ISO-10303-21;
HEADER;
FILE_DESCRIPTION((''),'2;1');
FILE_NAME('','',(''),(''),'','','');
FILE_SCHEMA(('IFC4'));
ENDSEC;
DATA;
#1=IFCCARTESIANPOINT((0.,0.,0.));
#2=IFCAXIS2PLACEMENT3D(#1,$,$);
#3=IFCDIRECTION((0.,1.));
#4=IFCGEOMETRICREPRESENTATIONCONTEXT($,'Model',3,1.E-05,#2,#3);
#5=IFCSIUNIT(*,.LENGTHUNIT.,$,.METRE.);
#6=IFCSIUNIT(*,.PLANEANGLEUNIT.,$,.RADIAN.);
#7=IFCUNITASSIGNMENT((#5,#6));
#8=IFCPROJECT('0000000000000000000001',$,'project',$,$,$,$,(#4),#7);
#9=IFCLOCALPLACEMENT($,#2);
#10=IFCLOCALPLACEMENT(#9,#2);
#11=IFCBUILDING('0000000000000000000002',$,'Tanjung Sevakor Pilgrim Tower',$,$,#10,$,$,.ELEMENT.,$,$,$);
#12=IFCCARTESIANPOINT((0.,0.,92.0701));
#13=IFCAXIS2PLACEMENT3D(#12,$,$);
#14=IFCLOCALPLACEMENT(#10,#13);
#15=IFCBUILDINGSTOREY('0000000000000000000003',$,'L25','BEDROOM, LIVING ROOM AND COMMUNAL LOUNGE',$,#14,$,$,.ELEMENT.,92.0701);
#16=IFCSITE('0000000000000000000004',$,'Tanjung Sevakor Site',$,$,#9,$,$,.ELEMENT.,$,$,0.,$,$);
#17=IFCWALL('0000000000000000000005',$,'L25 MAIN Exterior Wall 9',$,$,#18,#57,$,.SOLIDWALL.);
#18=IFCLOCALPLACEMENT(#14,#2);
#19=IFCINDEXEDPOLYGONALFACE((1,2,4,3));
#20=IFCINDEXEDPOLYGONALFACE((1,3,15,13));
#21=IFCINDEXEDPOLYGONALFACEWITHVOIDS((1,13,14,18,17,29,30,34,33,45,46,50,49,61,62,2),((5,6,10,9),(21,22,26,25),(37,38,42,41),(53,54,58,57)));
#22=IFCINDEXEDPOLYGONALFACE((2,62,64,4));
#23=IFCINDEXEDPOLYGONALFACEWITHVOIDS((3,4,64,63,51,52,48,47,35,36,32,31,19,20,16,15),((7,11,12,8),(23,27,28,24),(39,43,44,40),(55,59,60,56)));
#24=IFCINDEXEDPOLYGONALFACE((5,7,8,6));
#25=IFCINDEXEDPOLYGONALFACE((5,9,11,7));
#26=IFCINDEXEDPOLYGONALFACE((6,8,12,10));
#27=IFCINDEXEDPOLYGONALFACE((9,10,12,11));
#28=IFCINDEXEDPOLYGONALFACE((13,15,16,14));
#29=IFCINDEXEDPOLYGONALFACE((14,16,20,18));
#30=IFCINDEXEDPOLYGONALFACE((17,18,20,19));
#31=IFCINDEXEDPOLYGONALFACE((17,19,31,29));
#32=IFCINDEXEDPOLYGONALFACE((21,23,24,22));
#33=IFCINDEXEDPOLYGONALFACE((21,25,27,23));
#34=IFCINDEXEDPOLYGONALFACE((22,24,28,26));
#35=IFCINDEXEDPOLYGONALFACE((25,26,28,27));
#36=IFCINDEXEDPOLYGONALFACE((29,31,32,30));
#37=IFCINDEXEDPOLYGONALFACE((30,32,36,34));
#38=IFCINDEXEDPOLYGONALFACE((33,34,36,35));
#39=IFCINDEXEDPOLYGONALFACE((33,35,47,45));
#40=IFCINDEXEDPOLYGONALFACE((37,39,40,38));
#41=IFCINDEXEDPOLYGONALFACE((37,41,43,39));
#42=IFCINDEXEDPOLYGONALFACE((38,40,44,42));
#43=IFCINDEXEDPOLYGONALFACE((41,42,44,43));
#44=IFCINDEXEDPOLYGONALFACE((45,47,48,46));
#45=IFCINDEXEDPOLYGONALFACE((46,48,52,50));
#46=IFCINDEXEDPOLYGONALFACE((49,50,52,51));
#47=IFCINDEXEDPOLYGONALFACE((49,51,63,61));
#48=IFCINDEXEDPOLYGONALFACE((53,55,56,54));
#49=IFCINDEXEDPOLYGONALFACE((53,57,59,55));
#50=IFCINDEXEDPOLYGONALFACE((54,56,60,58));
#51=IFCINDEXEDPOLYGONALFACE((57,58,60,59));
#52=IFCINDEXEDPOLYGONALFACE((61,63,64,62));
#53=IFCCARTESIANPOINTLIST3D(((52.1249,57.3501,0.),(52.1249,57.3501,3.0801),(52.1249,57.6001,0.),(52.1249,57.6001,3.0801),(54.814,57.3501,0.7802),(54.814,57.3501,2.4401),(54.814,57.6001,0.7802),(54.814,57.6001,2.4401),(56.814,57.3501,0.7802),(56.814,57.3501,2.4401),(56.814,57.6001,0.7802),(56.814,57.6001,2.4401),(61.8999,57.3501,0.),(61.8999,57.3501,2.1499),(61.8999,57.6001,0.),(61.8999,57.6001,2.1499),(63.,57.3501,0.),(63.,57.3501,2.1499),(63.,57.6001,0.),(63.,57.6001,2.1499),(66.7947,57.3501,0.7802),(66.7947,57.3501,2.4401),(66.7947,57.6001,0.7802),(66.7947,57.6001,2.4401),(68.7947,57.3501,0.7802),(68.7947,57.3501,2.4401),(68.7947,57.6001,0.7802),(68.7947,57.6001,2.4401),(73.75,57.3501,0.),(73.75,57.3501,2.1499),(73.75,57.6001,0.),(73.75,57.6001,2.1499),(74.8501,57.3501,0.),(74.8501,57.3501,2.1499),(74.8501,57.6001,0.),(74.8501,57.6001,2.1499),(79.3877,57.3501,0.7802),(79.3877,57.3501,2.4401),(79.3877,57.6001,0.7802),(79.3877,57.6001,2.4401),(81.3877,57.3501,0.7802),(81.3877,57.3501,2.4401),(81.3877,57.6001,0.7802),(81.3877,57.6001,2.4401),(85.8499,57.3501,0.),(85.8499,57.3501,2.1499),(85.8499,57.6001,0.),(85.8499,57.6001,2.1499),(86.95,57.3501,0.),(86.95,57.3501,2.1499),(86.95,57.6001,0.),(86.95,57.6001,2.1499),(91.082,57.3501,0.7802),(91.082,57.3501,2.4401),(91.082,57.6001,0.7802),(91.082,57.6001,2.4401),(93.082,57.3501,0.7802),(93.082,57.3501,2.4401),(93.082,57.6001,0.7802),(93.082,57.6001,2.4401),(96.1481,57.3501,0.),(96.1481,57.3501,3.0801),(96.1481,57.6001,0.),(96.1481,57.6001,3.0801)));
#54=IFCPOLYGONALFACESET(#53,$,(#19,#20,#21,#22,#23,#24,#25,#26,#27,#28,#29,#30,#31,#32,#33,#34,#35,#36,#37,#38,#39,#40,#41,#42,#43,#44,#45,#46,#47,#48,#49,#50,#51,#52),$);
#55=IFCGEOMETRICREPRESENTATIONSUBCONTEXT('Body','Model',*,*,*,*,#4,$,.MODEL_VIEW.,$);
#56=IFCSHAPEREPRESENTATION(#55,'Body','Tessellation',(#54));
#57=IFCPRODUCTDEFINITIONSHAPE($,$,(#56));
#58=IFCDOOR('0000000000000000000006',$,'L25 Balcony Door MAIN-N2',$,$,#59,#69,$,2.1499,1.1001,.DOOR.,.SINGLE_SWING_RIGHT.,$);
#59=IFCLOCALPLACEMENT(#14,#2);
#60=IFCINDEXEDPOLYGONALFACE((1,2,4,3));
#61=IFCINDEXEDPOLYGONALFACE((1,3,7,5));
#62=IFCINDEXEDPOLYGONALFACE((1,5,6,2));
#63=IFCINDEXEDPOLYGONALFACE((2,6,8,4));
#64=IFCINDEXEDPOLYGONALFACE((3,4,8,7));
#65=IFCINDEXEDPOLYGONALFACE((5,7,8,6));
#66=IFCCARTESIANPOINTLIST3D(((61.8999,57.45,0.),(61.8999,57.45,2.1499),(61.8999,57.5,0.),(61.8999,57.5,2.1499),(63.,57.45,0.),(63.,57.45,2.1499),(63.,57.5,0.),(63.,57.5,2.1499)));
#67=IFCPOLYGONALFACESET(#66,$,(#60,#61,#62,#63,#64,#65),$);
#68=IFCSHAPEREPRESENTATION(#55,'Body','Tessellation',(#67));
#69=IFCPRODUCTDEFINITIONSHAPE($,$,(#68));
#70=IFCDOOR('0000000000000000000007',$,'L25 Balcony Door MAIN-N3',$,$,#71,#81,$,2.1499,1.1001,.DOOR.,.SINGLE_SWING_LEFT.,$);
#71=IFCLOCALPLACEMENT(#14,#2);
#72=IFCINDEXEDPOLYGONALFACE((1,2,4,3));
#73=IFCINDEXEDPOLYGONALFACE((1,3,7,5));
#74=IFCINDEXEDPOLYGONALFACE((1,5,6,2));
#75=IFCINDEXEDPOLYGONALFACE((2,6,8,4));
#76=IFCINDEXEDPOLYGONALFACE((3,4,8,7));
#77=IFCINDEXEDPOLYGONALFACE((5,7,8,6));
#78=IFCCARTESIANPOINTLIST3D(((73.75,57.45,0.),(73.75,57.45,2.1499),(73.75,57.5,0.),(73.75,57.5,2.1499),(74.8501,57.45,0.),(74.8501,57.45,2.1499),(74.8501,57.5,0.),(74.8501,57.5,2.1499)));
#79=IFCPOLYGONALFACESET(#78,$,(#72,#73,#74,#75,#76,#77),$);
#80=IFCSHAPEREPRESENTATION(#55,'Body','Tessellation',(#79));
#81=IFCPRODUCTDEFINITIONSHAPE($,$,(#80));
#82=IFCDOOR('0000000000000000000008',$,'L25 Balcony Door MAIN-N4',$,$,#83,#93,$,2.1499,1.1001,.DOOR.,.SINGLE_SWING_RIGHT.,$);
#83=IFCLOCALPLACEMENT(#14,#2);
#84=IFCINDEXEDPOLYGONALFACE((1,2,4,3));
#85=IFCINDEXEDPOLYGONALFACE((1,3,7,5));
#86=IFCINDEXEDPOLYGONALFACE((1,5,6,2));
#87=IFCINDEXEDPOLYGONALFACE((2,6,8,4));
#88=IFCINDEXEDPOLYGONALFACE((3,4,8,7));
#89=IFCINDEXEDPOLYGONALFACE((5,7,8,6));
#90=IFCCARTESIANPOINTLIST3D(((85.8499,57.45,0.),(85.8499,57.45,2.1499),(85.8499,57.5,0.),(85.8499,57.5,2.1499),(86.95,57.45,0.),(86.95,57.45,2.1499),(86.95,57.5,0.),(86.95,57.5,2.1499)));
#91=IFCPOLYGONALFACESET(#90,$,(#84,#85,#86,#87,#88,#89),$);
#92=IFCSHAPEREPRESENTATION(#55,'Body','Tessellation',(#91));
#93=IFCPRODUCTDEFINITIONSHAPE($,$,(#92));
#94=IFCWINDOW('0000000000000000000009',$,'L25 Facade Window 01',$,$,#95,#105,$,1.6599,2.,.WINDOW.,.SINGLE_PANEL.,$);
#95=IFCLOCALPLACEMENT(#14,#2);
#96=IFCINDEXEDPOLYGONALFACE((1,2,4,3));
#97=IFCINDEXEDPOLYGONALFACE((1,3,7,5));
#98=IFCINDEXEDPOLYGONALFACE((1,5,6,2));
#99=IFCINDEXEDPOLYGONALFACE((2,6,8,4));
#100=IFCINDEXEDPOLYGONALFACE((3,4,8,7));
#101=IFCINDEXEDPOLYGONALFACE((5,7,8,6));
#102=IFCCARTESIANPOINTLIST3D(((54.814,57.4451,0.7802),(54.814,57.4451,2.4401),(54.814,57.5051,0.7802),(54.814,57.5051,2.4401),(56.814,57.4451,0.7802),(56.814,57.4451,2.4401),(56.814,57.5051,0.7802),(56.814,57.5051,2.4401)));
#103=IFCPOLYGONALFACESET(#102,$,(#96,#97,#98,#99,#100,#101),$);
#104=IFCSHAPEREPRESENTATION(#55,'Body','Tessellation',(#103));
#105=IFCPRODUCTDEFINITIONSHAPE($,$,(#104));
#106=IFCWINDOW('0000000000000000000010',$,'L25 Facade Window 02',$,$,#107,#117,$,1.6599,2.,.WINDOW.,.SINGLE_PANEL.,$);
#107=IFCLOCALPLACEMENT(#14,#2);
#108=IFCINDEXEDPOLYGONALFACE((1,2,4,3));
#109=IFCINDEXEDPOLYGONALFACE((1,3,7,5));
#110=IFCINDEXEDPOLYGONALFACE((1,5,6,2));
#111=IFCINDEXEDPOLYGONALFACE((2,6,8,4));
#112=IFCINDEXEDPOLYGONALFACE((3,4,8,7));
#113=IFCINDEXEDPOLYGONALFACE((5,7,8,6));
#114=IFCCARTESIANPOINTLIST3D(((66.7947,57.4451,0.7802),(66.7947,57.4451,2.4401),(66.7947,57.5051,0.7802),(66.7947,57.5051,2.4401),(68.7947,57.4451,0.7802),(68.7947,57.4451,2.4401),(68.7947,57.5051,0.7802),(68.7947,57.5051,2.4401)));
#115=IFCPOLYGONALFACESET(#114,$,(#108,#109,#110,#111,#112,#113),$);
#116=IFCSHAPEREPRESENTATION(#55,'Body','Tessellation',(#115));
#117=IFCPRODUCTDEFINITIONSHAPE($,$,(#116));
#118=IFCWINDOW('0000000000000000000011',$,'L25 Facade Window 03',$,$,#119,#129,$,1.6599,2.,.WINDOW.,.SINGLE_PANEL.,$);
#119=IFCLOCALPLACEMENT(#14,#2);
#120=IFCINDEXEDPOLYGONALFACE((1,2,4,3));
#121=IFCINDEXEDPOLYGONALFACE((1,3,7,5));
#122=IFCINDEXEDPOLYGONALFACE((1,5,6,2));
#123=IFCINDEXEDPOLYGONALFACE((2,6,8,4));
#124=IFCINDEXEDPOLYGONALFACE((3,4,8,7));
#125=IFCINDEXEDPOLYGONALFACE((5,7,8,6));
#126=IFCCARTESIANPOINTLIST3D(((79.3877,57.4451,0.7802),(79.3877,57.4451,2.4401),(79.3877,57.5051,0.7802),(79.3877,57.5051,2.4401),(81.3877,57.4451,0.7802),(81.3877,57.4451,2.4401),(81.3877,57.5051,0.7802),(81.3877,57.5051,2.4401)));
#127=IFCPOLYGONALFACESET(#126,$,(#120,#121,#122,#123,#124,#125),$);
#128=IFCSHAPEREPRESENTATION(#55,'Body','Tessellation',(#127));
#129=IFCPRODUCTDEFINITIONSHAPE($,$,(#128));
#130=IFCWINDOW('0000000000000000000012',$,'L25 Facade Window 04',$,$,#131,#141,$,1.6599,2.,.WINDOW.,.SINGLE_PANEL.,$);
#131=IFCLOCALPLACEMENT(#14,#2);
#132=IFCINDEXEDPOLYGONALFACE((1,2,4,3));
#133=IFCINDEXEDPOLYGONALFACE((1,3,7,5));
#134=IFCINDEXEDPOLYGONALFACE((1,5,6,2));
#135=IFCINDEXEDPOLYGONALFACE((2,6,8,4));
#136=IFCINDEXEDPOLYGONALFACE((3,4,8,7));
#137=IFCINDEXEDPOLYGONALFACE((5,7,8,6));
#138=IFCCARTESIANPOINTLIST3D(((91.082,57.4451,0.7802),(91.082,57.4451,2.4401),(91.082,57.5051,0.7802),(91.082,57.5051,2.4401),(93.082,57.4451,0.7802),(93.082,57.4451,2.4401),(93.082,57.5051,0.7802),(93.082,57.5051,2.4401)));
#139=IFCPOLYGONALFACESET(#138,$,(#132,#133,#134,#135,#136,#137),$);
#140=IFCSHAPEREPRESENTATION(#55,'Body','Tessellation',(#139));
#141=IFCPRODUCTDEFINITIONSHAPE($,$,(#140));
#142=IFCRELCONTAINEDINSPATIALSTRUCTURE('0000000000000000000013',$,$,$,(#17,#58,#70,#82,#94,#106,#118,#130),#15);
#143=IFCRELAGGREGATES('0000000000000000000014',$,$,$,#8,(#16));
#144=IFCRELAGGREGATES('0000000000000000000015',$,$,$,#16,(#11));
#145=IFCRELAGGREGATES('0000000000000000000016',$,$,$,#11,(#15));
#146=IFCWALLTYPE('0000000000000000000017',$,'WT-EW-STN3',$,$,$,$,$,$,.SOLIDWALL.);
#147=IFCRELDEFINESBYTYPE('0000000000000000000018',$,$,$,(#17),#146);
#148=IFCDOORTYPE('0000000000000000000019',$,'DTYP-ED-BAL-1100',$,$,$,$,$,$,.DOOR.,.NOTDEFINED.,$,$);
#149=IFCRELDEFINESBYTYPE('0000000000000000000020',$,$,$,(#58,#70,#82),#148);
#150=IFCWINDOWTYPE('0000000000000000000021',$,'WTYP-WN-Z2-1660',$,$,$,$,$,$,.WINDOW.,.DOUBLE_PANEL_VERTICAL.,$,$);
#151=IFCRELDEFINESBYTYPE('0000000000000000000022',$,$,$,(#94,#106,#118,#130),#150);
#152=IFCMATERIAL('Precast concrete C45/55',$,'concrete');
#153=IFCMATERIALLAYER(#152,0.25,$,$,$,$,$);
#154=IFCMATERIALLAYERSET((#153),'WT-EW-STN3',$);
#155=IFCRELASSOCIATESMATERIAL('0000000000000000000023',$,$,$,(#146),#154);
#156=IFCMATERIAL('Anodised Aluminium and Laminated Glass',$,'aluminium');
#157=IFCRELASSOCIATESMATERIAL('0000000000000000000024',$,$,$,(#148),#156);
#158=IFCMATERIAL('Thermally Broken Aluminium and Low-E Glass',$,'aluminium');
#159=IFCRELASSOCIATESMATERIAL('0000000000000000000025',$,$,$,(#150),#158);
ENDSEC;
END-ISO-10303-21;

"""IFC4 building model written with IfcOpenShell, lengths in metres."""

from ifc_helpers import new_model, si_unit, direction, frame, frame_2d, origin, place, context, subcontext, project, spatial, rectangle, extrude, material, layer, layer_set, type_object, element, fill, save


model = new_model("IFC4")

# Units and contexts
model_context = context("Model", 3, precision=1e-05, world=origin(), true_north=direction((0.0, 1.0)))
body_context = subcontext(model_context, "Body", "Model", "MODEL_VIEW")
ifc_project = project(units=[si_unit("LENGTHUNIT", "METRE"), si_unit("PLANEANGLEUNIT", "RADIAN")], contexts=[model_context])

# Site, building, storey
site_placement = place(None, origin())
site = spatial("IfcSite", under=ifc_project, at=site_placement, Name="Tanjung Sevakor Site", CompositionType="ELEMENT", RefElevation=0.0)
building_placement = place(site_placement, origin())
building = spatial("IfcBuilding", under=site, at=building_placement, Name="Tanjung Sevakor Pilgrim Tower", CompositionType="ELEMENT")
storey_placement = place(building_placement, frame((0.0, 0.0, 92.0701)))
storey = spatial("IfcBuildingStorey", under=building, at=storey_placement, Name="L25", Description="BEDROOM, LIVING ROOM AND COMMUNAL LOUNGE", CompositionType="ELEMENT", Elevation=92.0701)

# Wall, openings, doors, windows
ifc_material_1 = material(Name="Precast concrete C45/55", Category="concrete")
ifc_layer_1 = layer(ifc_material_1, 0.25)
ifc_layer_set_1 = layer_set([ifc_layer_1], Name="WT-EW-STN3")
wall_type_1 = type_object("IfcWallType", Name="WT-EW-STN3", PredefinedType="SOLIDWALL", material=ifc_layer_set_1)
wall_1_placement = place(storey_placement, frame((96.1482, 57.4751, 0.0), z_axis=(0.0, 0.0, 1.0), x_axis=(-1.0, 0.0, 0.0)))
wall_1 = element("IfcWall", 1, at=wall_1_placement, inside=storey, type_object=wall_type_1, Name="L25 MAIN Exterior Wall 9", PredefinedType="SOLIDWALL", context=body_context, shape_type="SweptSolid", body=[
    extrude(rectangle(XDim=44.0232, YDim=0.25, at=frame_2d((22.0117, 0.0))), origin(), (0.0, 0.0, 1.0), 3.0801),
])
opening_1_placement = place(wall_1_placement, frame((33.1482, 0.0, 0.0)))
opening_1 = element("IfcOpeningElement", 2, at=opening_1_placement, cuts=wall_1, PredefinedType="OPENING", context=body_context, shape_type="SweptSolid", body=[
    extrude(rectangle(XDim=1.1001, YDim=2.1499, at=frame_2d((0.55, 1.075))), frame((0.0, 0.135, 0.0), z_axis=(0.0, -1.0, 0.0), x_axis=(1.0, 0.0, 0.0)), (0.0, 0.0, 1.0), 0.27),
])
opening_2_placement = place(wall_1_placement, frame((21.2981, 0.0, 0.0)))
opening_2 = element("IfcOpeningElement", 3, at=opening_2_placement, cuts=wall_1, PredefinedType="OPENING", context=body_context, shape_type="SweptSolid", body=[
    extrude(rectangle(XDim=1.1001, YDim=2.1499, at=frame_2d((0.55, 1.075))), frame((0.0, 0.135, 0.0), z_axis=(0.0, -1.0, 0.0), x_axis=(1.0, 0.0, 0.0)), (0.0, 0.0, 1.0), 0.27),
])
opening_3_placement = place(wall_1_placement, frame((9.1982, 0.0, 0.0)))
opening_3 = element("IfcOpeningElement", 4, at=opening_3_placement, cuts=wall_1, PredefinedType="OPENING", context=body_context, shape_type="SweptSolid", body=[
    extrude(rectangle(XDim=1.1001, YDim=2.1499, at=frame_2d((0.55, 1.075))), frame((0.0, 0.135, 0.0), z_axis=(0.0, -1.0, 0.0), x_axis=(1.0, 0.0, 0.0)), (0.0, 0.0, 1.0), 0.27),
])
opening_4_placement = place(wall_1_placement, frame((39.3342, 0.0, 0.78)))
opening_4 = element("IfcOpeningElement", 5, at=opening_4_placement, cuts=wall_1, PredefinedType="OPENING", context=body_context, shape_type="SweptSolid", body=[
    extrude(rectangle(XDim=2.0, YDim=1.6599, at=frame_2d((1.0, 0.8301))), frame((0.0, 0.135, 0.0), z_axis=(0.0, -1.0, 0.0), x_axis=(1.0, 0.0, 0.0)), (0.0, 0.0, 1.0), 0.27),
])
opening_5_placement = place(wall_1_placement, frame((27.3535, 0.0, 0.78)))
opening_5 = element("IfcOpeningElement", 6, at=opening_5_placement, cuts=wall_1, PredefinedType="OPENING", context=body_context, shape_type="SweptSolid", body=[
    extrude(rectangle(XDim=2.0, YDim=1.6599, at=frame_2d((1.0, 0.8301))), frame((0.0, 0.135, 0.0), z_axis=(0.0, -1.0, 0.0), x_axis=(1.0, 0.0, 0.0)), (0.0, 0.0, 1.0), 0.27),
])
opening_6_placement = place(wall_1_placement, frame((14.7605, 0.0, 0.78)))
opening_6 = element("IfcOpeningElement", 7, at=opening_6_placement, cuts=wall_1, PredefinedType="OPENING", context=body_context, shape_type="SweptSolid", body=[
    extrude(rectangle(XDim=2.0, YDim=1.6599, at=frame_2d((1.0, 0.8301))), frame((0.0, 0.135, 0.0), z_axis=(0.0, -1.0, 0.0), x_axis=(1.0, 0.0, 0.0)), (0.0, 0.0, 1.0), 0.27),
])
opening_7_placement = place(wall_1_placement, frame((3.0662, 0.0, 0.78)))
opening_7 = element("IfcOpeningElement", 8, at=opening_7_placement, cuts=wall_1, PredefinedType="OPENING", context=body_context, shape_type="SweptSolid", body=[
    extrude(rectangle(XDim=2.0, YDim=1.6599, at=frame_2d((1.0, 0.8301))), frame((0.0, 0.135, 0.0), z_axis=(0.0, -1.0, 0.0), x_axis=(1.0, 0.0, 0.0)), (0.0, 0.0, 1.0), 0.27),
])
ifc_material_2 = material(Name="Anodised Aluminium and Laminated Glass", Category="aluminium")
door_type_1 = type_object("IfcDoorType", Name="DTYP-ED-BAL-1100", OperationType="NOTDEFINED", PredefinedType="DOOR", material=ifc_material_2)
door_1_placement = place(opening_1_placement, frame((1.1001, 0.0, 0.0), z_axis=(0.0, 0.0, 1.0), x_axis=(-1.0, 0.0, 0.0)))
door_1 = element("IfcDoor", 9, at=door_1_placement, inside=storey, type_object=door_type_1, Name="L25 Balcony Door MAIN-N2", OperationType="SINGLE_SWING_RIGHT", OverallHeight=2.1499, OverallWidth=1.1001, PredefinedType="DOOR", context=body_context, shape_type="SweptSolid", body=[
    extrude(rectangle(XDim=1.1001, YDim=2.1499, at=frame_2d((0.55, 1.075))), frame((0.0, 0.0249, 0.0), z_axis=(0.0, -1.0, 0.0), x_axis=(1.0, 0.0, 0.0)), (0.0, 0.0, 1.0), 0.05),
])
fill(opening_1, door_1)
door_2_placement = place(opening_2_placement, frame((1.1001, 0.0, 0.0), z_axis=(0.0, 0.0, 1.0), x_axis=(-1.0, 0.0, 0.0)))
door_2 = element("IfcDoor", 10, at=door_2_placement, inside=storey, type_object=door_type_1, Name="L25 Balcony Door MAIN-N3", OperationType="SINGLE_SWING_LEFT", OverallHeight=2.1499, OverallWidth=1.1001, PredefinedType="DOOR", context=body_context, shape_type="SweptSolid", body=[
    extrude(rectangle(XDim=1.1001, YDim=2.1499, at=frame_2d((0.55, 1.075))), frame((0.0, 0.0249, 0.0), z_axis=(0.0, -1.0, 0.0), x_axis=(1.0, 0.0, 0.0)), (0.0, 0.0, 1.0), 0.05),
])
fill(opening_2, door_2)
door_3_placement = place(opening_3_placement, frame((1.1001, 0.0, 0.0), z_axis=(0.0, 0.0, 1.0), x_axis=(-1.0, 0.0, 0.0)))
door_3 = element("IfcDoor", 11, at=door_3_placement, inside=storey, type_object=door_type_1, Name="L25 Balcony Door MAIN-N4", OperationType="SINGLE_SWING_RIGHT", OverallHeight=2.1499, OverallWidth=1.1001, PredefinedType="DOOR", context=body_context, shape_type="SweptSolid", body=[
    extrude(rectangle(XDim=1.1001, YDim=2.1499, at=frame_2d((0.55, 1.075))), frame((0.0, 0.0249, 0.0), z_axis=(0.0, -1.0, 0.0), x_axis=(1.0, 0.0, 0.0)), (0.0, 0.0, 1.0), 0.05),
])
fill(opening_3, door_3)
ifc_material_3 = material(Name="Thermally Broken Aluminium and Low-E Glass", Category="aluminium")
window_type = type_object("IfcWindowType", Name="WTYP-WN-Z2-1660", PartitioningType="DOUBLE_PANEL_VERTICAL", PredefinedType="WINDOW", material=ifc_material_3)
window_1_placement = place(opening_4_placement, origin())
window_1 = element("IfcWindow", 12, at=window_1_placement, inside=storey, type_object=window_type, Name="L25 Facade Window 01", OverallHeight=1.6599, OverallWidth=2.0, PartitioningType="SINGLE_PANEL", PredefinedType="WINDOW", context=body_context, shape_type="SweptSolid", body=[
    extrude(rectangle(XDim=2.0, YDim=1.6599, at=frame_2d((1.0, 0.8301))), frame((0.0, 0.03, 0.0), z_axis=(0.0, -1.0, 0.0), x_axis=(1.0, 0.0, 0.0)), (0.0, 0.0, 1.0), 0.0601),
])
fill(opening_4, window_1)
window_2_placement = place(opening_5_placement, origin())
window_2 = element("IfcWindow", 13, at=window_2_placement, inside=storey, type_object=window_type, Name="L25 Facade Window 02", OverallHeight=1.6599, OverallWidth=2.0, PartitioningType="SINGLE_PANEL", PredefinedType="WINDOW", context=body_context, shape_type="SweptSolid", body=[
    extrude(rectangle(XDim=2.0, YDim=1.6599, at=frame_2d((1.0, 0.8301))), frame((0.0, 0.03, 0.0), z_axis=(0.0, -1.0, 0.0), x_axis=(1.0, 0.0, 0.0)), (0.0, 0.0, 1.0), 0.0601),
])
fill(opening_5, window_2)
window_3_placement = place(opening_6_placement, origin())
window_3 = element("IfcWindow", 14, at=window_3_placement, inside=storey, type_object=window_type, Name="L25 Facade Window 03", OverallHeight=1.6599, OverallWidth=2.0, PartitioningType="SINGLE_PANEL", PredefinedType="WINDOW", context=body_context, shape_type="SweptSolid", body=[
    extrude(rectangle(XDim=2.0, YDim=1.6599, at=frame_2d((1.0, 0.8301))), frame((0.0, 0.03, 0.0), z_axis=(0.0, -1.0, 0.0), x_axis=(1.0, 0.0, 0.0)), (0.0, 0.0, 1.0), 0.0601),
])
fill(opening_6, window_3)
window_4_placement = place(opening_7_placement, origin())
window_4 = element("IfcWindow", 15, at=window_4_placement, inside=storey, type_object=window_type, Name="L25 Facade Window 04", OverallHeight=1.6599, OverallWidth=2.0, PartitioningType="SINGLE_PANEL", PredefinedType="WINDOW", context=body_context, shape_type="SweptSolid", body=[
    extrude(rectangle(XDim=2.0, YDim=1.6599, at=frame_2d((1.0, 0.8301))), frame((0.0, 0.03, 0.0), z_axis=(0.0, -1.0, 0.0), x_axis=(1.0, 0.0, 0.0)), (0.0, 0.0, 1.0), 0.0601),
])
fill(opening_7, window_4)

save(model, "model.ifc")
